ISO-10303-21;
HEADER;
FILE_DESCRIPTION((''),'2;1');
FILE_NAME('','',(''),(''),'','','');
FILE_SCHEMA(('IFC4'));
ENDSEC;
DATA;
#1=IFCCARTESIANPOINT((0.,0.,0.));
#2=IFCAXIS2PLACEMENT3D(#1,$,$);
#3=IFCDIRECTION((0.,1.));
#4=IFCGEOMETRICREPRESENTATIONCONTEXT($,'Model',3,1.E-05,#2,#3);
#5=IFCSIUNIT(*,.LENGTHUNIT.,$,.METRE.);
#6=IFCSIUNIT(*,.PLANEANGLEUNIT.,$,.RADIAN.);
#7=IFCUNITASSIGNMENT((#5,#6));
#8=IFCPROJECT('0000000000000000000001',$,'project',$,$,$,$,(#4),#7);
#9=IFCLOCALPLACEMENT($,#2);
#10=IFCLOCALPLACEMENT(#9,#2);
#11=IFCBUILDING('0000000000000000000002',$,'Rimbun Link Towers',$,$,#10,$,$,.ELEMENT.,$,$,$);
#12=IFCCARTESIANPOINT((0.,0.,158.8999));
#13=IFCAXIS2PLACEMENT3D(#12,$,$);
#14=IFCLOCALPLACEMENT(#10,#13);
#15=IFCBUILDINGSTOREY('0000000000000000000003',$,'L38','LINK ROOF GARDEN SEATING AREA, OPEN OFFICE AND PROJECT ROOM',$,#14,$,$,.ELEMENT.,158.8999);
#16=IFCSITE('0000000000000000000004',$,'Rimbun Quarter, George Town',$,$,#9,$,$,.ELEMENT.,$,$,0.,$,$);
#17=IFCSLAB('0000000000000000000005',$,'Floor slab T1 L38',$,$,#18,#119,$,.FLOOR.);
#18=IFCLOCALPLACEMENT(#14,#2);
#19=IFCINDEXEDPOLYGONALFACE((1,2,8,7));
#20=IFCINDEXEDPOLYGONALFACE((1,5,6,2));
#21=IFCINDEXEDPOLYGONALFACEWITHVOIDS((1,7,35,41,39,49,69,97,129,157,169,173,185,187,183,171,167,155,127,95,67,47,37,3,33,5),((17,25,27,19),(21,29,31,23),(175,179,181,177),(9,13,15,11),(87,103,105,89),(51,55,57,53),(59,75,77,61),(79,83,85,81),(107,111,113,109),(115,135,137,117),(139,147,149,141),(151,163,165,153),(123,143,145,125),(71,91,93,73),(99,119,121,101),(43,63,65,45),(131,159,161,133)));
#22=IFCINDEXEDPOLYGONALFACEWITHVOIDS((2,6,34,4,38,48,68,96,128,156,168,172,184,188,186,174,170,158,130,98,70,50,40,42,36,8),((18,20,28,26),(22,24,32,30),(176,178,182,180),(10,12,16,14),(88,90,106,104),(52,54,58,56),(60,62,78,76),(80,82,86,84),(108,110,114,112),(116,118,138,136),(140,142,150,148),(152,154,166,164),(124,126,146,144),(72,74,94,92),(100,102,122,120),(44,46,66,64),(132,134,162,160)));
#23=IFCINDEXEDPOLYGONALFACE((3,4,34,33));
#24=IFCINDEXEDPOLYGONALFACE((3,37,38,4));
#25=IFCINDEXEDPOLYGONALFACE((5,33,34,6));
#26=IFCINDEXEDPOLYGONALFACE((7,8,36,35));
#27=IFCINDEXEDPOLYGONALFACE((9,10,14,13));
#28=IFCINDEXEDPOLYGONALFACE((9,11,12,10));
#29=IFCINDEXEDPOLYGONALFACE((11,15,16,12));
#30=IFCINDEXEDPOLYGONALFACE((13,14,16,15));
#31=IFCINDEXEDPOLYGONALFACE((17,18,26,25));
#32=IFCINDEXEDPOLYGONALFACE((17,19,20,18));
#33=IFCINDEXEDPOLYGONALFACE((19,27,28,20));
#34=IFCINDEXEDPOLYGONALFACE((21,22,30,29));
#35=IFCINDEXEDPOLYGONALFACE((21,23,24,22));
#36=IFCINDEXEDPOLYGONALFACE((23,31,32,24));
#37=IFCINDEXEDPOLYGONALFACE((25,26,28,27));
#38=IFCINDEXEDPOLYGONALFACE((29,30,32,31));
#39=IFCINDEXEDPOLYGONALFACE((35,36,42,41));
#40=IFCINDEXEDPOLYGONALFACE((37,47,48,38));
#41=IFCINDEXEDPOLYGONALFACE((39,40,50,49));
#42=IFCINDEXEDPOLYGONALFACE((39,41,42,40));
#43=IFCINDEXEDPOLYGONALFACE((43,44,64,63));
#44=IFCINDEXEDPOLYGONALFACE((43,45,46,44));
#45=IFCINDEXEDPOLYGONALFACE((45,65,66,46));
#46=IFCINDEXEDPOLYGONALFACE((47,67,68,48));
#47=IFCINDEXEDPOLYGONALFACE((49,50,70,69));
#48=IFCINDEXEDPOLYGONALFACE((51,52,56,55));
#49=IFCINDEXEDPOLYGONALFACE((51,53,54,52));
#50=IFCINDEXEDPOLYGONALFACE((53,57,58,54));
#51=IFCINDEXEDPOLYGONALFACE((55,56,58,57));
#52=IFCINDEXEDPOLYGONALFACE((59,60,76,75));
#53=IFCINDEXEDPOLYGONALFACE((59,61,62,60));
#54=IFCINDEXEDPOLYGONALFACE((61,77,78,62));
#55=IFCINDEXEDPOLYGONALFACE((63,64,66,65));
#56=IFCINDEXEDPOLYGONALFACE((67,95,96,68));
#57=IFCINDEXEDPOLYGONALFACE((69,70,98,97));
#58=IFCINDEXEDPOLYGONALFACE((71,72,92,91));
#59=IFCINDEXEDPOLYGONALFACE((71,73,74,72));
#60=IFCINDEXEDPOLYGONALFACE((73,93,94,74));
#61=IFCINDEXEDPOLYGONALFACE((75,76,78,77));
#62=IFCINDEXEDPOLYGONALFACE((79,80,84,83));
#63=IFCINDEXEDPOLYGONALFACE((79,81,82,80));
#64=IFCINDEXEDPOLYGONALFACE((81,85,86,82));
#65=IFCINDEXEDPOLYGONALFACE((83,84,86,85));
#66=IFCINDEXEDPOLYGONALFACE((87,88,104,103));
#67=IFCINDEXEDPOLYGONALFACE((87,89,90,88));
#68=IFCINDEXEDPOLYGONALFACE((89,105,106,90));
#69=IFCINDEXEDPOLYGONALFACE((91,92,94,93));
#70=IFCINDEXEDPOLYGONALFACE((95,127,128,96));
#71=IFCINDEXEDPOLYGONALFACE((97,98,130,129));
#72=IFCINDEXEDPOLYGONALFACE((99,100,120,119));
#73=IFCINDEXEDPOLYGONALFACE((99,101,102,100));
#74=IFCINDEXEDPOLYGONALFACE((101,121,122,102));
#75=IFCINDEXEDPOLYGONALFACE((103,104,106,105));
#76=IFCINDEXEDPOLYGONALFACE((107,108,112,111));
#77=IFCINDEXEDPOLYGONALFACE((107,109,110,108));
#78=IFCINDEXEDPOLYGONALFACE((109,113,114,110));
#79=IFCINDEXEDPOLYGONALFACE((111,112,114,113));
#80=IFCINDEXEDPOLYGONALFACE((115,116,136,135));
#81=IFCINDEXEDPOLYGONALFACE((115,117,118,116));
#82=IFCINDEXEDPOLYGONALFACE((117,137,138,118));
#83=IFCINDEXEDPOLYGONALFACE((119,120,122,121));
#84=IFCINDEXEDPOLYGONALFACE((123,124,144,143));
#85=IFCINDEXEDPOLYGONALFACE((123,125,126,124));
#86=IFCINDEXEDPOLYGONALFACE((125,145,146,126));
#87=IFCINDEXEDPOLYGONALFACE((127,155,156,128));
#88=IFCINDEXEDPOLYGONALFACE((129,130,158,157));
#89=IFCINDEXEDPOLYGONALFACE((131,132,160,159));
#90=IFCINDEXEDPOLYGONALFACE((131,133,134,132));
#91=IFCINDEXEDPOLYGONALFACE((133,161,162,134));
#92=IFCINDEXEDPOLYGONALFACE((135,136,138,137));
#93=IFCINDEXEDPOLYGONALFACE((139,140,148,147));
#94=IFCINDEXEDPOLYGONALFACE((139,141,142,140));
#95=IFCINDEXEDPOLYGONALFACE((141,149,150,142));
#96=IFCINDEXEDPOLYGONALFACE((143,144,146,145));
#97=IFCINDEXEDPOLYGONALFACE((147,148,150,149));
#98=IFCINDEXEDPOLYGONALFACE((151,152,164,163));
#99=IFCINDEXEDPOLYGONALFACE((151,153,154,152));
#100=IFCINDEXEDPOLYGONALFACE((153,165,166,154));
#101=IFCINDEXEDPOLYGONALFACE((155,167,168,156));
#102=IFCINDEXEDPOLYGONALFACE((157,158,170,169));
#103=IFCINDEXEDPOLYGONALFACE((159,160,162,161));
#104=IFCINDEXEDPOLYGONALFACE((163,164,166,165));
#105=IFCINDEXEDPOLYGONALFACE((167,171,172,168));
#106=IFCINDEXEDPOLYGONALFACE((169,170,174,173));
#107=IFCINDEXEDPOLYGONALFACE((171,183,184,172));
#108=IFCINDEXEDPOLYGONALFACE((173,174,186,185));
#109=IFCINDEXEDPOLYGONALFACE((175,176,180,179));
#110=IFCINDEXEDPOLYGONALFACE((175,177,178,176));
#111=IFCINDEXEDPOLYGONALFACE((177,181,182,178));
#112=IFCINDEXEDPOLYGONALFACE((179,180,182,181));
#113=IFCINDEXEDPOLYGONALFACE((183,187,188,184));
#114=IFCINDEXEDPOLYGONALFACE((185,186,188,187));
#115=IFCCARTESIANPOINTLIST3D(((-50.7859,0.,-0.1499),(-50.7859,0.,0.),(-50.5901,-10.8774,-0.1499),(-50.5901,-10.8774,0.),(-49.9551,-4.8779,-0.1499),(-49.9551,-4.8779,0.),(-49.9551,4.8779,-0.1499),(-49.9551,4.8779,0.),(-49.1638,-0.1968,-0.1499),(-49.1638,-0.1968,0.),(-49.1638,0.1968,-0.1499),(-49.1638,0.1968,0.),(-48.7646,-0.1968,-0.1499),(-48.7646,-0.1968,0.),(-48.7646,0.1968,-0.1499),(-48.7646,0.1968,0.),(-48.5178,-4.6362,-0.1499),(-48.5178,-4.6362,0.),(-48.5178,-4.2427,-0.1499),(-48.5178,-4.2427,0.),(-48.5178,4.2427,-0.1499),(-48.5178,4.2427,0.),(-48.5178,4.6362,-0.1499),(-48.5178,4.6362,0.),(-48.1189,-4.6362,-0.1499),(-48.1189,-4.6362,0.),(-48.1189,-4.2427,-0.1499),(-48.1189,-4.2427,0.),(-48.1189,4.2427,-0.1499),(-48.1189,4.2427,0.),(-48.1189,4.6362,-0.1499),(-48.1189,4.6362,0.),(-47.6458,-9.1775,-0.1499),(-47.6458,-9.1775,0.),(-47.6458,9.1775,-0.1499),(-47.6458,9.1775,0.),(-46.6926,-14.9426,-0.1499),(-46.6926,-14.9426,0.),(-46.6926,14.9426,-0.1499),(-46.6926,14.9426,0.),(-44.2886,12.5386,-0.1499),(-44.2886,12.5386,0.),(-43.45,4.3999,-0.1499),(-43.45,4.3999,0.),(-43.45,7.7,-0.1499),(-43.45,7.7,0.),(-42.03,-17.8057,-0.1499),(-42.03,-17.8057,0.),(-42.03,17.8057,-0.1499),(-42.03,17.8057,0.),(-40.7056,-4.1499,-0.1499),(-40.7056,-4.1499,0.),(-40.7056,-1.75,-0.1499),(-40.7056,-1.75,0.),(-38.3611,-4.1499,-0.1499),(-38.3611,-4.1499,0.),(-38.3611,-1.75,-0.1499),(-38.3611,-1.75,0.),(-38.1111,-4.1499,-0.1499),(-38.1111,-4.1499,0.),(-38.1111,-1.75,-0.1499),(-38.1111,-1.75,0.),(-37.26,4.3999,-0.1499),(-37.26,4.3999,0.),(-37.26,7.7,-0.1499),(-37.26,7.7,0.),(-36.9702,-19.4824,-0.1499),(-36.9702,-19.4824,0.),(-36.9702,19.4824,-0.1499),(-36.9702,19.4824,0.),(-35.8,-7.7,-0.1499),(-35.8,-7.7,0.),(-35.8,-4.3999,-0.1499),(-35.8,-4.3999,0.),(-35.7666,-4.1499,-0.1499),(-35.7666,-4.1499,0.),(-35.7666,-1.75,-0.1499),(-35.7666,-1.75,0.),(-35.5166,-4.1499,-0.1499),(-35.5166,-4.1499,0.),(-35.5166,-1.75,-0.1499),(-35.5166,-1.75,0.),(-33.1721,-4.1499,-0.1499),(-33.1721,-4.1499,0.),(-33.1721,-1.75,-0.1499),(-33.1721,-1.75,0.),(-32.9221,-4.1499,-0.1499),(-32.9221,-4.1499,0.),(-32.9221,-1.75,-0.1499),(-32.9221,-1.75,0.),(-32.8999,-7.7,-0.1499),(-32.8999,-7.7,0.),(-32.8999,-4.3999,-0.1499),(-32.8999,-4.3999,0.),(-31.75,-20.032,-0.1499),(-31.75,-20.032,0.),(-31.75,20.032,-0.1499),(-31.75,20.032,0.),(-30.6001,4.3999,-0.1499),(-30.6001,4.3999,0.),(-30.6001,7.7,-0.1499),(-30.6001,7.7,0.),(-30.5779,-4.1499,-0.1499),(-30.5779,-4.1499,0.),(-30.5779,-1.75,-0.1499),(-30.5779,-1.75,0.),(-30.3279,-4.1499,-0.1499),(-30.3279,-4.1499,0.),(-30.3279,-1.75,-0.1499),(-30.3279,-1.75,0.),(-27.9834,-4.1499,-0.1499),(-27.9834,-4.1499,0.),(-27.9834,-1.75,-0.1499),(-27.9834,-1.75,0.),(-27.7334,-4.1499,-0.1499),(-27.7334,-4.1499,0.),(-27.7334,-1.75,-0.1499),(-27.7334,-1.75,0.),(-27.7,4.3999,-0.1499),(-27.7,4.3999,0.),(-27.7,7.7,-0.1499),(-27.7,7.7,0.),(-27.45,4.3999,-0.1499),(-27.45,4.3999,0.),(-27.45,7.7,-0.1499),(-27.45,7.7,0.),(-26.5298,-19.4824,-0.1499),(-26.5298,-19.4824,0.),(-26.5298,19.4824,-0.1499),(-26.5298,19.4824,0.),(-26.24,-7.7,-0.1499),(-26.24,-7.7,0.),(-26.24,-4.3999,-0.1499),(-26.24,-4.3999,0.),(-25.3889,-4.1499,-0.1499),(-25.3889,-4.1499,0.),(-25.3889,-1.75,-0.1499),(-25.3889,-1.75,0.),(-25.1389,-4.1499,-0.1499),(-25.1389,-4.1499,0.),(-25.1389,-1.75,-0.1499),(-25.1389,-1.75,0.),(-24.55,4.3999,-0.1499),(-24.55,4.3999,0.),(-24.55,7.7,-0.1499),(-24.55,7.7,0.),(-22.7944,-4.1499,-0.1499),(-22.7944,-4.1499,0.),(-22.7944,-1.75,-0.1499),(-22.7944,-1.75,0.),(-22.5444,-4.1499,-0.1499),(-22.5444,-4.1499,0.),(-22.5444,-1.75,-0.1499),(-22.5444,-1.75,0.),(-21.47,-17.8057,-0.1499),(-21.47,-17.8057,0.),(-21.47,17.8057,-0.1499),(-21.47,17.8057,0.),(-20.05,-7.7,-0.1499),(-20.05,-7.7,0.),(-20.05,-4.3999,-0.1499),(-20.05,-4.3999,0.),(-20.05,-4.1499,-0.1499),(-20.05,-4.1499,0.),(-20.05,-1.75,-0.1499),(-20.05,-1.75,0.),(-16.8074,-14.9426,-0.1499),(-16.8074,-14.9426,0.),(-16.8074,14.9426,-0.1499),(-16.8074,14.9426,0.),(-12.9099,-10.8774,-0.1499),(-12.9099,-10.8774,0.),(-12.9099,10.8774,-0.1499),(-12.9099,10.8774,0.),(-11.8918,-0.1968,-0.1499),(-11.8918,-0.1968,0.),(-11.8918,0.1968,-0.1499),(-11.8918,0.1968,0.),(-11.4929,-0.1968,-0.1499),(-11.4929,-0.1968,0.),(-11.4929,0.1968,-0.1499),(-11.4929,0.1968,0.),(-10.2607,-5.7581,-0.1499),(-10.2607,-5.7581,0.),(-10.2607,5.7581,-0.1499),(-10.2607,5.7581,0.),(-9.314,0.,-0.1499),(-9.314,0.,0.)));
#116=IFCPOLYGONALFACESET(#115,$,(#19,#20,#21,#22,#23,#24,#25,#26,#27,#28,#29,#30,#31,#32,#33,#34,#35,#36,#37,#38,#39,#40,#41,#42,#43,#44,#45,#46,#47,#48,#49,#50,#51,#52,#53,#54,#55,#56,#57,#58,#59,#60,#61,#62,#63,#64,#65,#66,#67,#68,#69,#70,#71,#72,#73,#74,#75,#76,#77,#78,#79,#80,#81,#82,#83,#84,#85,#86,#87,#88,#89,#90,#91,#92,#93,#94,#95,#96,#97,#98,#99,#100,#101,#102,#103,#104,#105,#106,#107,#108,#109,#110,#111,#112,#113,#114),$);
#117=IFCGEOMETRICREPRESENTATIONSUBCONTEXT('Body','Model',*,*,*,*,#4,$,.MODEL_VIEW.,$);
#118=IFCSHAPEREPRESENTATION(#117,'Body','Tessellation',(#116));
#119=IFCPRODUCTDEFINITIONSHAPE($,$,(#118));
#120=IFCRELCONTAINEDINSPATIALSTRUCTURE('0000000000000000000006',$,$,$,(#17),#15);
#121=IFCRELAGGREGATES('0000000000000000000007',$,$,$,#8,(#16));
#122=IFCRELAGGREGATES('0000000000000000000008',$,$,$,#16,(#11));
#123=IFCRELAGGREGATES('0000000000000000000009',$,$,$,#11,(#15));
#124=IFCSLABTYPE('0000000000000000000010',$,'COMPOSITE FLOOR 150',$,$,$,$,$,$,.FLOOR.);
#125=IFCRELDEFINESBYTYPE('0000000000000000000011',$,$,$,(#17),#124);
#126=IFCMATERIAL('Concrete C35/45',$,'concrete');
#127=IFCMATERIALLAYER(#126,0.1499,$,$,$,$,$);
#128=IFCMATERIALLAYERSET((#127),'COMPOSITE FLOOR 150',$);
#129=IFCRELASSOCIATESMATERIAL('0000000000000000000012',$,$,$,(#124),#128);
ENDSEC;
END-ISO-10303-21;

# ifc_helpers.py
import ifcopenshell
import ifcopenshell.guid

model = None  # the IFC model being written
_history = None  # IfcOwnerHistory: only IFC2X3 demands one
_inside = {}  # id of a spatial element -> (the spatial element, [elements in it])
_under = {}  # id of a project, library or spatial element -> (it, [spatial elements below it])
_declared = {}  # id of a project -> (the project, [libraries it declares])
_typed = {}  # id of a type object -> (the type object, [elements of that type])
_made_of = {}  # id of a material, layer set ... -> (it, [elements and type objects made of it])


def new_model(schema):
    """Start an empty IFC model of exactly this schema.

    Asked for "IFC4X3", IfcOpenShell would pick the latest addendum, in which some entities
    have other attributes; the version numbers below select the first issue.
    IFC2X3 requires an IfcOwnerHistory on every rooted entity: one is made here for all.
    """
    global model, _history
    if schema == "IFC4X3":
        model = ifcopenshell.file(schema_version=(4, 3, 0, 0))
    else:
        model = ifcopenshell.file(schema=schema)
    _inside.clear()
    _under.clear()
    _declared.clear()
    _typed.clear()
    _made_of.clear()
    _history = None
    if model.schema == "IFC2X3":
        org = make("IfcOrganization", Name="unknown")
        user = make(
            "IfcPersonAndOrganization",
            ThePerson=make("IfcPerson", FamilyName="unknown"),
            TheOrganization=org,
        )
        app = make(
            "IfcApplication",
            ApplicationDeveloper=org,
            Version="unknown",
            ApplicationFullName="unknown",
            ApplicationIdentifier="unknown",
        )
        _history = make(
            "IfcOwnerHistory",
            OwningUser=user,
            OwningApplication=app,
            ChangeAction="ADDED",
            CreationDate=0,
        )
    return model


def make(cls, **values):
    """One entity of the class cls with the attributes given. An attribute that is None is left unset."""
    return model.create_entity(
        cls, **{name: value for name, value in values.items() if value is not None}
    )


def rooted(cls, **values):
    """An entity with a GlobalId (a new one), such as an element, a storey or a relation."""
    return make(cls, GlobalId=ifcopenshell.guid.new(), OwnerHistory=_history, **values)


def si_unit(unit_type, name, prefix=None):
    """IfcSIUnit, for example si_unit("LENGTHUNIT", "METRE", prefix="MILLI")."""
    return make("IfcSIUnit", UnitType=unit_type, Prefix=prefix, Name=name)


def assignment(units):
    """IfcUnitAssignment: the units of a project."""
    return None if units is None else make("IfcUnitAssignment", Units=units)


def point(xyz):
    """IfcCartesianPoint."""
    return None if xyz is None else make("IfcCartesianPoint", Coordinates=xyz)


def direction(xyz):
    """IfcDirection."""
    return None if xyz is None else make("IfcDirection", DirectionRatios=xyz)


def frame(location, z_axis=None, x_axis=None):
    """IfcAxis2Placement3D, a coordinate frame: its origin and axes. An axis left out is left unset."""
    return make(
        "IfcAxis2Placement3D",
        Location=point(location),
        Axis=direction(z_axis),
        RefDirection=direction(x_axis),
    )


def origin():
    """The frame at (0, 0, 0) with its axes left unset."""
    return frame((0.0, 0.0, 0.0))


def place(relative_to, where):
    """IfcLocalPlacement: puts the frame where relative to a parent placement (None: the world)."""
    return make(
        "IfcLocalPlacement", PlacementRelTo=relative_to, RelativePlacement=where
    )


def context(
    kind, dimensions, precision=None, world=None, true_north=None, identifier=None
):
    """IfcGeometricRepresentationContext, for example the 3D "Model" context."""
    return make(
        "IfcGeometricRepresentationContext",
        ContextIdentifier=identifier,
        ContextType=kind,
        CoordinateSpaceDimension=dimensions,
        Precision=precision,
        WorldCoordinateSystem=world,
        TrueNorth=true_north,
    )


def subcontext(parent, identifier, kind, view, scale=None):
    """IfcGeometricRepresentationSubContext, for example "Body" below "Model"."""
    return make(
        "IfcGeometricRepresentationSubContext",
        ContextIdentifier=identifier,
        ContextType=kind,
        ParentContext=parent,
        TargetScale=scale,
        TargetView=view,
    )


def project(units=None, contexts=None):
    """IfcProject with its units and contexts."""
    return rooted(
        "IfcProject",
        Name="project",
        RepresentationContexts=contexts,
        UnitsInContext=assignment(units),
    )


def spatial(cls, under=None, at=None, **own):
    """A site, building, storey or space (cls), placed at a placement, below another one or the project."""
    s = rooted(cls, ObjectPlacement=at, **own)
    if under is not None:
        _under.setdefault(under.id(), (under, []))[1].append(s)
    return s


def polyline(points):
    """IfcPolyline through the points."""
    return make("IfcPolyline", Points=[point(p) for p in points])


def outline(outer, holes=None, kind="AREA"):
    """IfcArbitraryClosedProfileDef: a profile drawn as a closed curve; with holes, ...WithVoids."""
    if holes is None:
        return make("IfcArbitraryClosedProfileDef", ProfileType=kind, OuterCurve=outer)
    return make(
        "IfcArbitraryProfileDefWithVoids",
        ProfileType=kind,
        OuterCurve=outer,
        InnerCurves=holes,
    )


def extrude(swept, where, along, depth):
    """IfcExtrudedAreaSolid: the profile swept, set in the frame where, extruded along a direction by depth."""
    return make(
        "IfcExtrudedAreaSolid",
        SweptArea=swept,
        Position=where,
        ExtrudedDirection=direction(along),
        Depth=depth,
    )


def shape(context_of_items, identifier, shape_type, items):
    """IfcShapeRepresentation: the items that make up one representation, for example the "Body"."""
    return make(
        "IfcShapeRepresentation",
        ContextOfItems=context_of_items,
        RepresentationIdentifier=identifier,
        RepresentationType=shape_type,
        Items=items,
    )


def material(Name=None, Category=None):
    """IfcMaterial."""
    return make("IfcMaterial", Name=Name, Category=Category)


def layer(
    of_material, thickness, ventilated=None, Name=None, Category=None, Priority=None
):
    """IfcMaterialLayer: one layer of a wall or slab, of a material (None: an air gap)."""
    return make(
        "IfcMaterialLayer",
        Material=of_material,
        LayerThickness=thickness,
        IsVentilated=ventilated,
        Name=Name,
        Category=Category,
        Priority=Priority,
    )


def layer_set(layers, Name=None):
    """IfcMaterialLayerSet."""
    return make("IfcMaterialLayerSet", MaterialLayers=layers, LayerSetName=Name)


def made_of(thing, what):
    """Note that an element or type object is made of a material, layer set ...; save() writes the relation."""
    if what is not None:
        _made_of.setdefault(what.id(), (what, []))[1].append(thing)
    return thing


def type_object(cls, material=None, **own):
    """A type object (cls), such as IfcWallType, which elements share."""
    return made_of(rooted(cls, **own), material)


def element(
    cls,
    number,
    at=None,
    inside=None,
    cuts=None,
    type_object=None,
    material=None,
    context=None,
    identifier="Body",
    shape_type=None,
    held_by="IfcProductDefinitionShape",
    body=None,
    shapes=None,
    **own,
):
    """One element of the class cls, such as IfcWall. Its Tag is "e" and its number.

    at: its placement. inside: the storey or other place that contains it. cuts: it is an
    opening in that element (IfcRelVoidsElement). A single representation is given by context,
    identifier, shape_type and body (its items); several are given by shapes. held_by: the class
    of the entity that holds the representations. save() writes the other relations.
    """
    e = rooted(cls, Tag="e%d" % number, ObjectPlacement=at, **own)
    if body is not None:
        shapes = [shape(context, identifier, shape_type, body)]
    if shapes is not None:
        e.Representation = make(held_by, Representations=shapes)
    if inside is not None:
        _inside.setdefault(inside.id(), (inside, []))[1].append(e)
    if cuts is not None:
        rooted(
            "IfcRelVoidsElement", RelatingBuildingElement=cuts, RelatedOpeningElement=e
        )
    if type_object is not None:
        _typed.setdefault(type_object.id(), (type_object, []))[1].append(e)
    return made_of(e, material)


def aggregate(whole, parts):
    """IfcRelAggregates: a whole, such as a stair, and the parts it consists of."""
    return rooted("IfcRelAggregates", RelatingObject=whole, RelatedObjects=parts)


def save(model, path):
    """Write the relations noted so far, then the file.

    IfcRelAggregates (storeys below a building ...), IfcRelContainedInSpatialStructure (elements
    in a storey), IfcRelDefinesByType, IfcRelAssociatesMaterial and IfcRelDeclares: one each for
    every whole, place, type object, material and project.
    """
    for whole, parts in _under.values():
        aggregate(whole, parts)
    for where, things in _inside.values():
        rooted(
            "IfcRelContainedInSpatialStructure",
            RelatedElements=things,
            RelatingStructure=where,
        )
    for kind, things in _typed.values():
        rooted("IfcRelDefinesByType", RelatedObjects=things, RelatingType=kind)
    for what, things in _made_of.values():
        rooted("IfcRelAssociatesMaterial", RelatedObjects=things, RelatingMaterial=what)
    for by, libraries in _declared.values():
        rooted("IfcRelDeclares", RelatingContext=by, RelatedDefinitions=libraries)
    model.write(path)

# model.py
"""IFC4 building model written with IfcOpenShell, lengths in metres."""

from ifc_helpers import new_model, si_unit, direction, frame, origin, place, context, subcontext, project, spatial, polyline, outline, extrude, material, layer, layer_set, type_object, element, save


model = new_model("IFC4")

# Units and contexts
model_context = context("Model", 3, precision=1e-05, world=origin(), true_north=direction((0.0, 1.0)))
body_context = subcontext(model_context, "Body", "Model", "MODEL_VIEW")
ifc_project = project(units=[si_unit("LENGTHUNIT", "METRE"), si_unit("PLANEANGLEUNIT", "RADIAN")], contexts=[model_context])

# Site, building, storey
site_placement = place(None, origin())
site = spatial("IfcSite", under=ifc_project, at=site_placement, Name="Rimbun Quarter, George Town", CompositionType="ELEMENT", RefElevation=0.0)
building_placement = place(site_placement, origin())
building = spatial("IfcBuilding", under=site, at=building_placement, Name="Rimbun Link Towers", CompositionType="ELEMENT")
storey_placement = place(building_placement, frame((0.0, 0.0, 158.8999)))
storey = spatial("IfcBuildingStorey", under=building, at=storey_placement, Name="L38", Description="LINK ROOF GARDEN SEATING AREA, OPEN OFFICE AND PROJECT ROOM", CompositionType="ELEMENT", Elevation=158.8999)

# Slab
ifc_material_1 = material(Name="Concrete C35/45", Category="concrete")
ifc_layer_1 = layer(ifc_material_1, 0.1499)
ifc_layer_set_1 = layer_set([ifc_layer_1], Name="COMPOSITE FLOOR 150")
slab_type_1 = type_object("IfcSlabType", Name="COMPOSITE FLOOR 150", PredefinedType="FLOOR", material=ifc_layer_set_1)
slab_1_placement = place(storey_placement, frame((0.0, 0.0, -0.1499)))
element("IfcSlab", 1, at=slab_1_placement, inside=storey, type_object=slab_type_1, Name="Floor slab T1 L38", PredefinedType="FLOOR", context=body_context, shape_type="SweptSolid", body=[
    extrude(outline(polyline([(-42.03, 17.8057), (-36.9702, 19.4824), (-31.75, 20.032), (-26.5298, 19.4824), (-21.47, 17.8057), (-16.8074, 14.9426), (-12.9099, 10.8774), (-10.2607, 5.7581), (-9.314, 0.0), (-10.2607, -5.7581), (-12.9099, -10.8774), (-16.8074, -14.9426), (-21.47, -17.8057), (-26.5298, -19.4824), (-31.75, -20.032), (-36.9702, -19.4824), (-42.03, -17.8057), (-46.6926, -14.9426), (-50.5901, -10.8774), (-47.6458, -9.1775), (-49.9551, -4.8779), (-50.7859, 0.0), (-49.9551, 4.8779), (-47.6458, 9.1775), (-44.2886, 12.5386), (-46.6926, 14.9426), (-42.03, 17.8057)]), holes=[polyline([(-32.8999, -7.7), (-32.8999, -4.3999), (-35.8, -4.3999), (-35.8, -7.7), (-32.8999, -7.7)]), polyline([(-48.1189, -4.6362), (-48.1189, -4.2427), (-48.5178, -4.2427), (-48.5178, -4.6362), (-48.1189, -4.6362)]), polyline([(-38.3611, -4.1499), (-38.3611, -1.75), (-40.7056, -1.75), (-40.7056, -4.1499), (-38.3611, -4.1499)]), polyline([(-35.7666, -4.1499), (-35.7666, -1.75), (-38.1111, -1.75), (-38.1111, -4.1499), (-35.7666, -4.1499)]), polyline([(-33.1721, -4.1499), (-33.1721, -1.75), (-35.5166, -1.75), (-35.5166, -4.1499), (-33.1721, -4.1499)]), polyline([(-30.5779, -4.1499), (-30.5779, -1.75), (-32.9221, -1.75), (-32.9221, -4.1499), (-30.5779, -4.1499)]), polyline([(-48.7646, -0.1968), (-48.7646, 0.1968), (-49.1638, 0.1968), (-49.1638, -0.1968), (-48.7646, -0.1968)]), polyline([(-48.1189, 4.2427), (-48.1189, 4.6362), (-48.5178, 4.6362), (-48.5178, 4.2427), (-48.1189, 4.2427)]), polyline([(-37.26, 4.3999), (-37.26, 7.7), (-43.45, 7.7), (-43.45, 4.3999), (-37.26, 4.3999)]), polyline([(-20.05, -7.7), (-20.05, -4.3999), (-26.24, -4.3999), (-26.24, -7.7), (-20.05, -7.7)]), polyline([(-27.9834, -4.1499), (-27.9834, -1.75), (-30.3279, -1.75), (-30.3279, -4.1499), (-27.9834, -4.1499)]), polyline([(-25.3889, -4.1499), (-25.3889, -1.75), (-27.7334, -1.75), (-27.7334, -4.1499), (-25.3889, -4.1499)]), polyline([(-22.7944, -4.1499), (-22.7944, -1.75), (-25.1389, -1.75), (-25.1389, -4.1499), (-22.7944, -4.1499)]), polyline([(-20.05, -4.1499), (-20.05, -1.75), (-22.5444, -1.75), (-22.5444, -4.1499), (-20.05, -4.1499)]), polyline([(-11.4929, -0.1968), (-11.4929, 0.1968), (-11.8918, 0.1968), (-11.8918, -0.1968), (-11.4929, -0.1968)]), polyline([(-30.6001, 4.3999), (-27.7, 4.3999), (-27.7, 7.7), (-30.6001, 7.7), (-30.6001, 4.3999)]), polyline([(-27.45, 4.3999), (-24.55, 4.3999), (-24.55, 7.7), (-27.45, 7.7), (-27.45, 4.3999)])]), origin(), (0.0, 0.0, 1.0), 0.1499),
])

save(model, "model.ifc")
